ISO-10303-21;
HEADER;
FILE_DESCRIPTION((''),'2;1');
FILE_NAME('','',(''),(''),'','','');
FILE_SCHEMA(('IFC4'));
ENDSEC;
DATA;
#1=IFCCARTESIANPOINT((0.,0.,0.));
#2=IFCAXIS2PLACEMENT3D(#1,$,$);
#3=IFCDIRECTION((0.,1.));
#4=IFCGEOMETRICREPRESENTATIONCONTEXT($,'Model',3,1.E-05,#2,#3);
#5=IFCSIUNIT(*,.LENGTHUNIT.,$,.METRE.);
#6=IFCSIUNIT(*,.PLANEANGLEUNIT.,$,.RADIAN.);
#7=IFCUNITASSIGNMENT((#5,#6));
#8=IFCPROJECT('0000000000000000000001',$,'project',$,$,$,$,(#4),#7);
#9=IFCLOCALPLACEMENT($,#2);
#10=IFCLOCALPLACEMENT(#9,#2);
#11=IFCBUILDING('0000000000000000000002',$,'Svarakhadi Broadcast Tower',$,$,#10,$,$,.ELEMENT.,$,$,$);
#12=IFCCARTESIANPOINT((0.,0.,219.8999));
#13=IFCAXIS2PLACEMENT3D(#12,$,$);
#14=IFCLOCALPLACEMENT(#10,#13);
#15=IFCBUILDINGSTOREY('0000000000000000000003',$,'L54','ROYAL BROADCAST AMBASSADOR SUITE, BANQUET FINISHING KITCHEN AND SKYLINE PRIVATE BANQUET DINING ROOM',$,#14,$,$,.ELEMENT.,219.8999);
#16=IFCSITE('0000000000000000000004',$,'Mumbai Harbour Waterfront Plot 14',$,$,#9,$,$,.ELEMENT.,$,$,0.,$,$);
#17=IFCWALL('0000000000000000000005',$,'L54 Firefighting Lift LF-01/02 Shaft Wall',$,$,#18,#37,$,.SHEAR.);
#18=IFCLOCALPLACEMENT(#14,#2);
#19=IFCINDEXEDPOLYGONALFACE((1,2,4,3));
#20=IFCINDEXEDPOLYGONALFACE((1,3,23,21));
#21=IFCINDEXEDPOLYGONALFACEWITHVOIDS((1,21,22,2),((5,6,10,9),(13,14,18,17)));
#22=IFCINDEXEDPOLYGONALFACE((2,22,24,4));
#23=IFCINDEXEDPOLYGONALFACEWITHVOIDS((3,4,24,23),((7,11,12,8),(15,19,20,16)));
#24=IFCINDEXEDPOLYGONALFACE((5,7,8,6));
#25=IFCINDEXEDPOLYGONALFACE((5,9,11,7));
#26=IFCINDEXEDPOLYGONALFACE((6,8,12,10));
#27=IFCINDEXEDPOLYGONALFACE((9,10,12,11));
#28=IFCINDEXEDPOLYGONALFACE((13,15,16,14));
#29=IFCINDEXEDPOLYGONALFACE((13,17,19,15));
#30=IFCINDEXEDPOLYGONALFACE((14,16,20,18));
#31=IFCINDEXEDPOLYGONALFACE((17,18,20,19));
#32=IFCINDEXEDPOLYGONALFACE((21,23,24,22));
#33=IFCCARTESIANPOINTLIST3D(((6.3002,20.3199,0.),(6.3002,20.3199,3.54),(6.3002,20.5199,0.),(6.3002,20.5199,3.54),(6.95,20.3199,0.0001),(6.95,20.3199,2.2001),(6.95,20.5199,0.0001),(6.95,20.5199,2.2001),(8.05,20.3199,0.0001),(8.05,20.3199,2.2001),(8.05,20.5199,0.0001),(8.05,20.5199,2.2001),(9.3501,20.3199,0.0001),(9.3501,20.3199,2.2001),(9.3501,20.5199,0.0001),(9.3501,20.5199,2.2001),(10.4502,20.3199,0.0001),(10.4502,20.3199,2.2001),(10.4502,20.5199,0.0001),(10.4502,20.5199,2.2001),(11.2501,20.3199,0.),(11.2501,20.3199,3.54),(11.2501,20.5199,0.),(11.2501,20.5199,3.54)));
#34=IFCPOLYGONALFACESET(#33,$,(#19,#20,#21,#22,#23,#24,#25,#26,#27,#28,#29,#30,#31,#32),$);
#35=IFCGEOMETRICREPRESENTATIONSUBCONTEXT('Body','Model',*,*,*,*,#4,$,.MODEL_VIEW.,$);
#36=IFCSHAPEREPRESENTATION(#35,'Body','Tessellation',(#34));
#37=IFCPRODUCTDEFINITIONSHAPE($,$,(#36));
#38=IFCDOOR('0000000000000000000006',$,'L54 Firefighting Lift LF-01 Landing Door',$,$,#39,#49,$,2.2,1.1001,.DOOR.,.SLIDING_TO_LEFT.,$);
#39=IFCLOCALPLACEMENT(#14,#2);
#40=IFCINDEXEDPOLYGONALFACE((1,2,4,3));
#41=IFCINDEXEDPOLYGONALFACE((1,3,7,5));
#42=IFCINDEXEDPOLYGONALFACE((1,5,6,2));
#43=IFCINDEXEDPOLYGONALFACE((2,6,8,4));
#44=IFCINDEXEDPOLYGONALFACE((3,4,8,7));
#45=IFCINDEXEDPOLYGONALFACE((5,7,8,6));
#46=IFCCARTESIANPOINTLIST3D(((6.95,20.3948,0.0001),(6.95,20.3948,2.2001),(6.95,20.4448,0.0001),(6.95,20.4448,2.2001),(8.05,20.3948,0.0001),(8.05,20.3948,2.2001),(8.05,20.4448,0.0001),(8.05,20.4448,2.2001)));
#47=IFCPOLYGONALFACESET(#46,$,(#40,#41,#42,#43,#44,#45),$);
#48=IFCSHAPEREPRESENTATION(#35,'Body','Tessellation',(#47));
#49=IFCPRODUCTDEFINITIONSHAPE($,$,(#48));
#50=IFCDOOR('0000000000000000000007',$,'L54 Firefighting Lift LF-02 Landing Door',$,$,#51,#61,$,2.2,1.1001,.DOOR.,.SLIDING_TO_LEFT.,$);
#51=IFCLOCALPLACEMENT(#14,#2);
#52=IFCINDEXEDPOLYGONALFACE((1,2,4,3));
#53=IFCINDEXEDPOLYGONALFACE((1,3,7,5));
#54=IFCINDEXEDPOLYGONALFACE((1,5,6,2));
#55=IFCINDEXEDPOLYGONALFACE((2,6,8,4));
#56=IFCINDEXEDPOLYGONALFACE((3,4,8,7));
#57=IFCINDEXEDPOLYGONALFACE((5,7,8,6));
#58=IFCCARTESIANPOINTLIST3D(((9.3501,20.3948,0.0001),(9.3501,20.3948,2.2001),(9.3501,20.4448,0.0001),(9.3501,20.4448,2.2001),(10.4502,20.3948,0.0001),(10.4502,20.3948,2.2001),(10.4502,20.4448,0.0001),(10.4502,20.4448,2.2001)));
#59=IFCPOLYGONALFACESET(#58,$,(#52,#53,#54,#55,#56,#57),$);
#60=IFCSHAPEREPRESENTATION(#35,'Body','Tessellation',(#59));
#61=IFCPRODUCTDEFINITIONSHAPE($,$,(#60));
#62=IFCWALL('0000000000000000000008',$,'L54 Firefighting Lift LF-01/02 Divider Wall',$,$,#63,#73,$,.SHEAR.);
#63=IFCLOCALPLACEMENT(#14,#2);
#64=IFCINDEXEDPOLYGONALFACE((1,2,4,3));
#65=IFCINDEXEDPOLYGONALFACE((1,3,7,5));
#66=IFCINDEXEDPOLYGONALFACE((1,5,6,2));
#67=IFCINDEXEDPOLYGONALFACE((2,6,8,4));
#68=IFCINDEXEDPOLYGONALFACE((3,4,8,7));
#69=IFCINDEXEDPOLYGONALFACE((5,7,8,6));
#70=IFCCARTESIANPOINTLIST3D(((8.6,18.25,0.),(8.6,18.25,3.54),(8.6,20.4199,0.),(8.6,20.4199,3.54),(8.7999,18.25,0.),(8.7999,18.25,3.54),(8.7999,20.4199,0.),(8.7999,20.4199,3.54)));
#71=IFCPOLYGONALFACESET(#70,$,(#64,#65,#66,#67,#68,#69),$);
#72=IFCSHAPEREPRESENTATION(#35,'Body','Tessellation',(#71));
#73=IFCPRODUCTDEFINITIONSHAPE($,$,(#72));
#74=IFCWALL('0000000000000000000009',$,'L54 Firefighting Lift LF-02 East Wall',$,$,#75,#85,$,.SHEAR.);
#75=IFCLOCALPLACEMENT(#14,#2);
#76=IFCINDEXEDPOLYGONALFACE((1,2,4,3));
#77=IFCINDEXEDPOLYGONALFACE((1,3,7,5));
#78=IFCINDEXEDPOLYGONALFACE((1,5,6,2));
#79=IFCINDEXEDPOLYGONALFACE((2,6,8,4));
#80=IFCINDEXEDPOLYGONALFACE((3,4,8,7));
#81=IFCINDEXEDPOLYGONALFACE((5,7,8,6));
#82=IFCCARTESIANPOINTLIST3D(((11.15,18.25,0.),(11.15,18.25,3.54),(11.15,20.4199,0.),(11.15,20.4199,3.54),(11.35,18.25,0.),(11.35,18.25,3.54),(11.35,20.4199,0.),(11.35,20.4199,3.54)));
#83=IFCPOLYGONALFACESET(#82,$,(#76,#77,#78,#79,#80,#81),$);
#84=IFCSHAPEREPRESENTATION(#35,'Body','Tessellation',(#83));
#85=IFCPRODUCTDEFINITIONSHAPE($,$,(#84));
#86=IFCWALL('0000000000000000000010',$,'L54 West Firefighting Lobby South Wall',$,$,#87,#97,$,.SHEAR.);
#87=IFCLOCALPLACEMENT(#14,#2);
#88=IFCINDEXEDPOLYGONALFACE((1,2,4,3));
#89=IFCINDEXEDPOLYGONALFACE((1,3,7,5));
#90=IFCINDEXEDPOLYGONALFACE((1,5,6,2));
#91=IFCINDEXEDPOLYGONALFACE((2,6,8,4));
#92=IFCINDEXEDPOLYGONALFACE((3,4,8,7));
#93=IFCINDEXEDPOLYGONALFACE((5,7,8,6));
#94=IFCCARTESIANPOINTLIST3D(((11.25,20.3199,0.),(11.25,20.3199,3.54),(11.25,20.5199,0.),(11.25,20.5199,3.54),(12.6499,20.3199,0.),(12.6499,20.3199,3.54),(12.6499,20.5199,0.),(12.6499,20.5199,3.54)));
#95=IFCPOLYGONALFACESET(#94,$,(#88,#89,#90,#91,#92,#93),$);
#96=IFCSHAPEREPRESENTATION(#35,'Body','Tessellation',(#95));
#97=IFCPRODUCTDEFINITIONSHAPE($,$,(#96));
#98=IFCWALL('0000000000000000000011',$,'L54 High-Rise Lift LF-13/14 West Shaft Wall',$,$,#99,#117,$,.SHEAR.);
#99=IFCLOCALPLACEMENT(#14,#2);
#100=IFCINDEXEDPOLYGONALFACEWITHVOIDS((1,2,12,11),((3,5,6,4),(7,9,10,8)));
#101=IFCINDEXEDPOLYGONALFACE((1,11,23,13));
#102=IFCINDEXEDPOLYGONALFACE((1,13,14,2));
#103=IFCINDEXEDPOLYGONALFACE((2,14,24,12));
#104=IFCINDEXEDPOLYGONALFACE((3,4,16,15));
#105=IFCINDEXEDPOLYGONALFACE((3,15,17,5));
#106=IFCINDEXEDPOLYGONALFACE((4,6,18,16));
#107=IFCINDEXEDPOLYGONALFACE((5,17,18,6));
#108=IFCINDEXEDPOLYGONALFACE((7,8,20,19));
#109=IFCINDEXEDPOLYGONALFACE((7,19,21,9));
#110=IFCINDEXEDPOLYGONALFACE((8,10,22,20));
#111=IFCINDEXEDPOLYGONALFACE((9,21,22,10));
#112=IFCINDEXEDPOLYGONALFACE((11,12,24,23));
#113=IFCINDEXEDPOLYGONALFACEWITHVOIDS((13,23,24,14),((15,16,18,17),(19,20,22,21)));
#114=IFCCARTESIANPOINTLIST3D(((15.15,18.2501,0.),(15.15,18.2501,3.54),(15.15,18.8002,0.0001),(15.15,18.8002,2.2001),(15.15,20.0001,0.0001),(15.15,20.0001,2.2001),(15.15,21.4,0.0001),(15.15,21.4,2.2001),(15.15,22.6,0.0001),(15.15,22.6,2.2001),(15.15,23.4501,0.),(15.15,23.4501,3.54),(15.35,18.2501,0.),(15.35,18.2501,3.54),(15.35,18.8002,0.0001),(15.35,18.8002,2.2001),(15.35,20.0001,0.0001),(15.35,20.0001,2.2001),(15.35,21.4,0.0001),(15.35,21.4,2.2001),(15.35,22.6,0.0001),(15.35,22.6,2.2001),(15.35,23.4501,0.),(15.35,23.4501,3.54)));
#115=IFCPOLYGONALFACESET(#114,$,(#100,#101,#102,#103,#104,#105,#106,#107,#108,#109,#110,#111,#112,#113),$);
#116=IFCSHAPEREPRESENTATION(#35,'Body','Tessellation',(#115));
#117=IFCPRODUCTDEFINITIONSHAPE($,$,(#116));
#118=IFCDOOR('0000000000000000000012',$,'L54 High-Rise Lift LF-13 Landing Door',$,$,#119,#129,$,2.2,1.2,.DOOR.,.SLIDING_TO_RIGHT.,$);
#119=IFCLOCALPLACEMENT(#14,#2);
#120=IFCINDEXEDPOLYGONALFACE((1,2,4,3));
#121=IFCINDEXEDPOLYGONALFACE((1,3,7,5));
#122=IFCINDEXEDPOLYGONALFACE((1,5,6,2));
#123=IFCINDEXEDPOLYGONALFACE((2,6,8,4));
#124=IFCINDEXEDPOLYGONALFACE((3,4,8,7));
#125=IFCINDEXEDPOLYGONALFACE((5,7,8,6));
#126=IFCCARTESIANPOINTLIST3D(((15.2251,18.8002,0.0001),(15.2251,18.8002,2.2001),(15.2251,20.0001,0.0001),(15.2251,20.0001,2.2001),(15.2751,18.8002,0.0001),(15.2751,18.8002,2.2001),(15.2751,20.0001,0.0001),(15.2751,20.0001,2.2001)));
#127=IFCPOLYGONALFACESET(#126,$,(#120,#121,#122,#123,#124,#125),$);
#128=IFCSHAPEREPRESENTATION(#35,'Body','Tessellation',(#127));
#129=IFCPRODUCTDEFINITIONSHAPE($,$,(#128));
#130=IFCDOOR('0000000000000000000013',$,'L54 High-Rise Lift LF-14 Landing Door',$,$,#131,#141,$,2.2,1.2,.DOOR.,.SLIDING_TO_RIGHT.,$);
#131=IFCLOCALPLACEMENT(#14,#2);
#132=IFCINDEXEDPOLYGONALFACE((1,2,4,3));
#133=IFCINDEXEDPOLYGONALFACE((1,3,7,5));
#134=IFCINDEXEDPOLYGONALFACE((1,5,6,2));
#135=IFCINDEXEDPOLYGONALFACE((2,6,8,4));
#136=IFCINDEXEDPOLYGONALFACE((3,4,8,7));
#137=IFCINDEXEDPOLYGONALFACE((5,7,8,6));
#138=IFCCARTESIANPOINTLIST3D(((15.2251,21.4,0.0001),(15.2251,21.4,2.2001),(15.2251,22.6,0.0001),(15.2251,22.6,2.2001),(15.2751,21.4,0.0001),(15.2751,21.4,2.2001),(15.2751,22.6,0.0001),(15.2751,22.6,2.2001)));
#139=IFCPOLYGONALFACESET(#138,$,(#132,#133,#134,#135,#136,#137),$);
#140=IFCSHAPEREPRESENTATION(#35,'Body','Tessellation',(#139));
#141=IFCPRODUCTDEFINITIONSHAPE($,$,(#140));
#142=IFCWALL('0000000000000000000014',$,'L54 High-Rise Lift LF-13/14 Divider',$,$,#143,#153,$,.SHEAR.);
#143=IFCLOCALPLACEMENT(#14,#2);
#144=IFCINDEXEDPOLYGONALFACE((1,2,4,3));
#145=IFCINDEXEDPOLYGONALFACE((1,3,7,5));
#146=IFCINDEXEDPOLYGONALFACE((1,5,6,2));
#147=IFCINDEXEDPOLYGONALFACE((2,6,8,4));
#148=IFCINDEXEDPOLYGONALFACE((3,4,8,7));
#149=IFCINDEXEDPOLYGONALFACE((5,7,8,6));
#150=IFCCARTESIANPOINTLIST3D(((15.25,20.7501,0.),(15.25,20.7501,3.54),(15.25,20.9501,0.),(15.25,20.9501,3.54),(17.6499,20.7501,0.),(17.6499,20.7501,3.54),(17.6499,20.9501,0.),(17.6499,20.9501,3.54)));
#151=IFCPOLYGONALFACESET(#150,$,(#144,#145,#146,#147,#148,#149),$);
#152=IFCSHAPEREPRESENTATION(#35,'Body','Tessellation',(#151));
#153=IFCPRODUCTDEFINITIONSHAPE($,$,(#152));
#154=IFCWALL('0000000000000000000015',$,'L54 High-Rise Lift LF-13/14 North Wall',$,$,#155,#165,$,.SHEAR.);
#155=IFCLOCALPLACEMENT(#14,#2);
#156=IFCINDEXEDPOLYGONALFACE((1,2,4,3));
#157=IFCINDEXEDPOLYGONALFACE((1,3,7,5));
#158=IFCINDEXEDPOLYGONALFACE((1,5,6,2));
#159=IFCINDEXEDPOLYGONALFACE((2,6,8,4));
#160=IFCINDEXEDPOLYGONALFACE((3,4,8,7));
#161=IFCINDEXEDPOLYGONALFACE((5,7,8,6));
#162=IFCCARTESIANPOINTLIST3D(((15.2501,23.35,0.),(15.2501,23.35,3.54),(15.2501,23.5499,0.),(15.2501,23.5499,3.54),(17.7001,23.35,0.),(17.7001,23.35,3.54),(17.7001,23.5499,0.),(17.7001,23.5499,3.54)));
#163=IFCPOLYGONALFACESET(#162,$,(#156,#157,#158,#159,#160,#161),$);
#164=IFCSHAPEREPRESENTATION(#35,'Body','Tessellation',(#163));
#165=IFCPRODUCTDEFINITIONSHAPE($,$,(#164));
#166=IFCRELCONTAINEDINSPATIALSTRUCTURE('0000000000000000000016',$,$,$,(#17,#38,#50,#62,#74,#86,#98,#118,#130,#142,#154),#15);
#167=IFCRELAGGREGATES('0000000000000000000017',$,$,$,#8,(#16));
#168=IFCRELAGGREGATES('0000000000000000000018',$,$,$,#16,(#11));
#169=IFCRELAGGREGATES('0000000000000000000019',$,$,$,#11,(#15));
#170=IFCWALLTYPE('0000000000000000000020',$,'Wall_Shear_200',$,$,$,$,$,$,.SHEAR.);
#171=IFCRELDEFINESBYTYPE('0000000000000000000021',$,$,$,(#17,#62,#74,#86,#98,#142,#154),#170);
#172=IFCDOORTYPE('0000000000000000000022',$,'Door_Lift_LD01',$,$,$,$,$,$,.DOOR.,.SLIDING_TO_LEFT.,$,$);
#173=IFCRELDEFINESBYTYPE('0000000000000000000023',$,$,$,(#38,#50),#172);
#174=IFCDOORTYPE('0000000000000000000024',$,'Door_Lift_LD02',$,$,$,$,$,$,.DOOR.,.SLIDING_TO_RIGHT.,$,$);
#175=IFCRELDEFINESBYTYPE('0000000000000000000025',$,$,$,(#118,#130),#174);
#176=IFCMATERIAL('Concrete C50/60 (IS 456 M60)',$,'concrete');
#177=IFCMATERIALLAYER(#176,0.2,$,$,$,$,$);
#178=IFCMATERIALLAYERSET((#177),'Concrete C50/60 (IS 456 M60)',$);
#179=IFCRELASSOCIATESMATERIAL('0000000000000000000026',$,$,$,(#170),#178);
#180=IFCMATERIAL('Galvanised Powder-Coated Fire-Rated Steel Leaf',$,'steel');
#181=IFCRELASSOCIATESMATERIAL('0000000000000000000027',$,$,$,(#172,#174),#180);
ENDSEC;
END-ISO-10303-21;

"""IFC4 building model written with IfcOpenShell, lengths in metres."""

from ifc_helpers import new_model, si_unit, direction, frame, frame_2d, origin, place, context, subcontext, project, spatial, rectangle, extrude, material, layer, layer_set, type_object, element, fill, save


model = new_model("IFC4")

# Units and contexts
model_context = context("Model", 3, precision=1e-05, world=origin(), true_north=direction((0.0, 1.0)))
body_context = subcontext(model_context, "Body", "Model", "MODEL_VIEW")
ifc_project = project(units=[si_unit("LENGTHUNIT", "METRE"), si_unit("PLANEANGLEUNIT", "RADIAN")], contexts=[model_context])

# Site, building, storey
site_placement = place(None, origin())
site = spatial("IfcSite", under=ifc_project, at=site_placement, Name="Mumbai Harbour Waterfront Plot 14", CompositionType="ELEMENT", RefElevation=0.0)
building_placement = place(site_placement, origin())
building = spatial("IfcBuilding", under=site, at=building_placement, Name="Svarakhadi Broadcast Tower", CompositionType="ELEMENT")
storey_placement = place(building_placement, frame((0.0, 0.0, 219.8999)))
storey = spatial("IfcBuildingStorey", under=building, at=storey_placement, Name="L54", Description="ROYAL BROADCAST AMBASSADOR SUITE, BANQUET FINISHING KITCHEN AND SKYLINE PRIVATE BANQUET DINING ROOM", CompositionType="ELEMENT", Elevation=219.8999)

# Shared definitions
ifc_material_1 = material(Name="Concrete C50/60 (IS 456 M60)", Category="concrete")

# Shared definitions
ifc_material_2 = material(Name="Galvanised Powder-Coated Fire-Rated Steel Leaf", Category="steel")
ifc_layer_1 = layer(ifc_material_1, 0.2)
ifc_layer_set_1 = layer_set([ifc_layer_1], Name="Concrete C50/60 (IS 456 M60)")
wall_type_1 = type_object("IfcWallType", Name="Wall_Shear_200", PredefinedType="SHEAR", material=ifc_layer_set_1)

# Wall, openings, doors
wall_1_placement = place(storey_placement, frame((6.3, 20.4199, 0.0), z_axis=(0.0, 0.0, 1.0), x_axis=(1.0, 0.0, 0.0)))
wall_1 = element("IfcWall", 1, at=wall_1_placement, inside=storey, type_object=wall_type_1, Name="L54 Firefighting Lift LF-01/02 Shaft Wall", PredefinedType="SHEAR", context=body_context, shape_type="SweptSolid", body=[
    extrude(rectangle(XDim=4.95, YDim=0.2, at=frame_2d((2.4751, 0.0))), origin(), (0.0, 0.0, 1.0), 3.54),
])
opening_1_placement = place(wall_1_placement, frame((0.6499, 0.0, 0.0)))
opening_1 = element("IfcOpeningElement", 2, at=opening_1_placement, cuts=wall_1, PredefinedType="OPENING", context=body_context, shape_type="SweptSolid", body=[
    extrude(rectangle(XDim=1.1001, YDim=2.2, at=frame_2d((0.55, 1.1001))), frame((0.0, 0.1099, 0.0), z_axis=(0.0, -1.0, 0.0), x_axis=(1.0, 0.0, 0.0)), (0.0, 0.0, 1.0), 0.22),
])
opening_2_placement = place(wall_1_placement, frame((3.05, 0.0, 0.0)))
opening_2 = element("IfcOpeningElement", 3, at=opening_2_placement, cuts=wall_1, PredefinedType="OPENING", context=body_context, shape_type="SweptSolid", body=[
    extrude(rectangle(XDim=1.1001, YDim=2.2, at=frame_2d((0.55, 1.1001))), frame((0.0, 0.1099, 0.0), z_axis=(0.0, -1.0, 0.0), x_axis=(1.0, 0.0, 0.0)), (0.0, 0.0, 1.0), 0.22),
])
door_type_1 = type_object("IfcDoorType", Name="Door_Lift_LD01", OperationType="SLIDING_TO_LEFT", PredefinedType="DOOR", material=ifc_material_2)
door_1_placement = place(opening_1_placement, origin())
door_1 = element("IfcDoor", 4, at=door_1_placement, inside=storey, type_object=door_type_1, Name="L54 Firefighting Lift LF-01 Landing Door", OperationType="SLIDING_TO_LEFT", OverallHeight=2.2, OverallWidth=1.1001, PredefinedType="DOOR", context=body_context, shape_type="SweptSolid", body=[
    extrude(rectangle(XDim=1.1001, YDim=2.2, at=frame_2d((0.55, 1.1001))), frame((0.0, 0.0249, 0.0), z_axis=(0.0, -1.0, 0.0), x_axis=(1.0, 0.0, 0.0)), (0.0, 0.0, 1.0), 0.05),
])
fill(opening_1, door_1)
door_2_placement = place(opening_2_placement, origin())
door_2 = element("IfcDoor", 5, at=door_2_placement, inside=storey, type_object=door_type_1, Name="L54 Firefighting Lift LF-02 Landing Door", OperationType="SLIDING_TO_LEFT", OverallHeight=2.2, OverallWidth=1.1001, PredefinedType="DOOR", context=body_context, shape_type="SweptSolid", body=[
    extrude(rectangle(XDim=1.1001, YDim=2.2, at=frame_2d((0.55, 1.1001))), frame((0.0, 0.0249, 0.0), z_axis=(0.0, -1.0, 0.0), x_axis=(1.0, 0.0, 0.0)), (0.0, 0.0, 1.0), 0.05),
])
fill(opening_2, door_2)

# Walls
for number, where, z_axis, x_axis, name in (
    (6, (8.7, 18.25, 0.0), (0.0, 0.0, 1.0), (0.0, 1.0, 0.0), "L54 Firefighting Lift LF-01/02 Divider Wall"),
    (7, (11.25, 18.25, 0.0), (0.0, 0.0, 1.0), (0.0, 1.0, 0.0), "L54 Firefighting Lift LF-02 East Wall"),
):
    element("IfcWall", number, at=place(storey_placement, frame(where, z_axis=z_axis, x_axis=x_axis)), inside=storey, type_object=wall_type_1, Name=name, PredefinedType="SHEAR", context=body_context, shape_type="SweptSolid", body=[
        extrude(rectangle(XDim=2.1699, YDim=0.2, at=frame_2d((1.085, 0.0))), origin(), (0.0, 0.0, 1.0), 3.54),
    ])
wall_2_placement = place(storey_placement, frame((11.25, 20.4199, 0.0), z_axis=(0.0, 0.0, 1.0), x_axis=(1.0, 0.0, 0.0)))
element("IfcWall", 8, at=wall_2_placement, inside=storey, type_object=wall_type_1, Name="L54 West Firefighting Lobby South Wall", PredefinedType="SHEAR", context=body_context, shape_type="SweptSolid", body=[
    extrude(rectangle(XDim=1.3999, YDim=0.2, at=frame_2d((0.7, 0.0))), origin(), (0.0, 0.0, 1.0), 3.54),
])

# Wall, openings, doors
wall_3_placement = place(storey_placement, frame((15.25, 18.25, 0.0), z_axis=(0.0, 0.0, 1.0), x_axis=(0.0, 1.0, 0.0)))
wall_3 = element("IfcWall", 9, at=wall_3_placement, inside=storey, type_object=wall_type_1, Name="L54 High-Rise Lift LF-13/14 West Shaft Wall", PredefinedType="SHEAR", context=body_context, shape_type="SweptSolid", body=[
    extrude(rectangle(XDim=5.2, YDim=0.2, at=frame_2d((2.6001, 0.0))), origin(), (0.0, 0.0, 1.0), 3.54),
])
opening_3_placement = place(wall_3_placement, frame((0.55, 0.0, 0.0)))
opening_3 = element("IfcOpeningElement", 10, at=opening_3_placement, cuts=wall_3, PredefinedType="OPENING", context=body_context, shape_type="SweptSolid", body=[
    extrude(rectangle(XDim=1.2, YDim=2.2, at=frame_2d((0.6001, 1.1001))), frame((0.0, 0.1099, 0.0), z_axis=(0.0, -1.0, 0.0), x_axis=(1.0, 0.0, 0.0)), (0.0, 0.0, 1.0), 0.22),
])
opening_4_placement = place(wall_3_placement, frame((3.1499, 0.0, 0.0)))
opening_4 = element("IfcOpeningElement", 11, at=opening_4_placement, cuts=wall_3, PredefinedType="OPENING", context=body_context, shape_type="SweptSolid", body=[
    extrude(rectangle(XDim=1.2, YDim=2.2, at=frame_2d((0.6001, 1.1001))), frame((0.0, 0.1099, 0.0), z_axis=(0.0, -1.0, 0.0), x_axis=(1.0, 0.0, 0.0)), (0.0, 0.0, 1.0), 0.22),
])
door_type_2 = type_object("IfcDoorType", Name="Door_Lift_LD02", OperationType="SLIDING_TO_RIGHT", PredefinedType="DOOR", material=ifc_material_2)
door_3_placement = place(opening_3_placement, origin())
door_3 = element("IfcDoor", 12, at=door_3_placement, inside=storey, type_object=door_type_2, Name="L54 High-Rise Lift LF-13 Landing Door", OperationType="SLIDING_TO_RIGHT", OverallHeight=2.2, OverallWidth=1.2, PredefinedType="DOOR", context=body_context, shape_type="SweptSolid", body=[
    extrude(rectangle(XDim=1.2, YDim=2.2, at=frame_2d((0.6001, 1.1001))), frame((0.0, 0.0249, 0.0), z_axis=(0.0, -1.0, 0.0), x_axis=(1.0, 0.0, 0.0)), (0.0, 0.0, 1.0), 0.05),
])
fill(opening_3, door_3)
door_4_placement = place(opening_4_placement, origin())
door_4 = element("IfcDoor", 13, at=door_4_placement, inside=storey, type_object=door_type_2, Name="L54 High-Rise Lift LF-14 Landing Door", OperationType="SLIDING_TO_RIGHT", OverallHeight=2.2, OverallWidth=1.2, PredefinedType="DOOR", context=body_context, shape_type="SweptSolid", body=[
    extrude(rectangle(XDim=1.2, YDim=2.2, at=frame_2d((0.6001, 1.1001))), frame((0.0, 0.0249, 0.0), z_axis=(0.0, -1.0, 0.0), x_axis=(1.0, 0.0, 0.0)), (0.0, 0.0, 1.0), 0.05),
])
fill(opening_4, door_4)

# Walls
wall_4_placement = place(storey_placement, frame((15.25, 20.8501, 0.0), z_axis=(0.0, 0.0, 1.0), x_axis=(1.0, 0.0, 0.0)))
element("IfcWall", 14, at=wall_4_placement, inside=storey, type_object=wall_type_1, Name="L54 High-Rise Lift LF-13/14 Divider", PredefinedType="SHEAR", context=body_context, shape_type="SweptSolid", body=[
    extrude(rectangle(XDim=2.3999, YDim=0.2, at=frame_2d((1.2, 0.0))), origin(), (0.0, 0.0, 1.0), 3.54),
])
wall_5_placement = place(storey_placement, frame((15.25, 23.45, 0.0), z_axis=(0.0, 0.0, 1.0), x_axis=(1.0, 0.0, 0.0)))
element("IfcWall", 15, at=wall_5_placement, inside=storey, type_object=wall_type_1, Name="L54 High-Rise Lift LF-13/14 North Wall", PredefinedType="SHEAR", context=body_context, shape_type="SweptSolid", body=[
    extrude(rectangle(XDim=2.45, YDim=0.2, at=frame_2d((1.2251, 0.0))), origin(), (0.0, 0.0, 1.0), 3.54),
])

save(model, "model.ifc")
